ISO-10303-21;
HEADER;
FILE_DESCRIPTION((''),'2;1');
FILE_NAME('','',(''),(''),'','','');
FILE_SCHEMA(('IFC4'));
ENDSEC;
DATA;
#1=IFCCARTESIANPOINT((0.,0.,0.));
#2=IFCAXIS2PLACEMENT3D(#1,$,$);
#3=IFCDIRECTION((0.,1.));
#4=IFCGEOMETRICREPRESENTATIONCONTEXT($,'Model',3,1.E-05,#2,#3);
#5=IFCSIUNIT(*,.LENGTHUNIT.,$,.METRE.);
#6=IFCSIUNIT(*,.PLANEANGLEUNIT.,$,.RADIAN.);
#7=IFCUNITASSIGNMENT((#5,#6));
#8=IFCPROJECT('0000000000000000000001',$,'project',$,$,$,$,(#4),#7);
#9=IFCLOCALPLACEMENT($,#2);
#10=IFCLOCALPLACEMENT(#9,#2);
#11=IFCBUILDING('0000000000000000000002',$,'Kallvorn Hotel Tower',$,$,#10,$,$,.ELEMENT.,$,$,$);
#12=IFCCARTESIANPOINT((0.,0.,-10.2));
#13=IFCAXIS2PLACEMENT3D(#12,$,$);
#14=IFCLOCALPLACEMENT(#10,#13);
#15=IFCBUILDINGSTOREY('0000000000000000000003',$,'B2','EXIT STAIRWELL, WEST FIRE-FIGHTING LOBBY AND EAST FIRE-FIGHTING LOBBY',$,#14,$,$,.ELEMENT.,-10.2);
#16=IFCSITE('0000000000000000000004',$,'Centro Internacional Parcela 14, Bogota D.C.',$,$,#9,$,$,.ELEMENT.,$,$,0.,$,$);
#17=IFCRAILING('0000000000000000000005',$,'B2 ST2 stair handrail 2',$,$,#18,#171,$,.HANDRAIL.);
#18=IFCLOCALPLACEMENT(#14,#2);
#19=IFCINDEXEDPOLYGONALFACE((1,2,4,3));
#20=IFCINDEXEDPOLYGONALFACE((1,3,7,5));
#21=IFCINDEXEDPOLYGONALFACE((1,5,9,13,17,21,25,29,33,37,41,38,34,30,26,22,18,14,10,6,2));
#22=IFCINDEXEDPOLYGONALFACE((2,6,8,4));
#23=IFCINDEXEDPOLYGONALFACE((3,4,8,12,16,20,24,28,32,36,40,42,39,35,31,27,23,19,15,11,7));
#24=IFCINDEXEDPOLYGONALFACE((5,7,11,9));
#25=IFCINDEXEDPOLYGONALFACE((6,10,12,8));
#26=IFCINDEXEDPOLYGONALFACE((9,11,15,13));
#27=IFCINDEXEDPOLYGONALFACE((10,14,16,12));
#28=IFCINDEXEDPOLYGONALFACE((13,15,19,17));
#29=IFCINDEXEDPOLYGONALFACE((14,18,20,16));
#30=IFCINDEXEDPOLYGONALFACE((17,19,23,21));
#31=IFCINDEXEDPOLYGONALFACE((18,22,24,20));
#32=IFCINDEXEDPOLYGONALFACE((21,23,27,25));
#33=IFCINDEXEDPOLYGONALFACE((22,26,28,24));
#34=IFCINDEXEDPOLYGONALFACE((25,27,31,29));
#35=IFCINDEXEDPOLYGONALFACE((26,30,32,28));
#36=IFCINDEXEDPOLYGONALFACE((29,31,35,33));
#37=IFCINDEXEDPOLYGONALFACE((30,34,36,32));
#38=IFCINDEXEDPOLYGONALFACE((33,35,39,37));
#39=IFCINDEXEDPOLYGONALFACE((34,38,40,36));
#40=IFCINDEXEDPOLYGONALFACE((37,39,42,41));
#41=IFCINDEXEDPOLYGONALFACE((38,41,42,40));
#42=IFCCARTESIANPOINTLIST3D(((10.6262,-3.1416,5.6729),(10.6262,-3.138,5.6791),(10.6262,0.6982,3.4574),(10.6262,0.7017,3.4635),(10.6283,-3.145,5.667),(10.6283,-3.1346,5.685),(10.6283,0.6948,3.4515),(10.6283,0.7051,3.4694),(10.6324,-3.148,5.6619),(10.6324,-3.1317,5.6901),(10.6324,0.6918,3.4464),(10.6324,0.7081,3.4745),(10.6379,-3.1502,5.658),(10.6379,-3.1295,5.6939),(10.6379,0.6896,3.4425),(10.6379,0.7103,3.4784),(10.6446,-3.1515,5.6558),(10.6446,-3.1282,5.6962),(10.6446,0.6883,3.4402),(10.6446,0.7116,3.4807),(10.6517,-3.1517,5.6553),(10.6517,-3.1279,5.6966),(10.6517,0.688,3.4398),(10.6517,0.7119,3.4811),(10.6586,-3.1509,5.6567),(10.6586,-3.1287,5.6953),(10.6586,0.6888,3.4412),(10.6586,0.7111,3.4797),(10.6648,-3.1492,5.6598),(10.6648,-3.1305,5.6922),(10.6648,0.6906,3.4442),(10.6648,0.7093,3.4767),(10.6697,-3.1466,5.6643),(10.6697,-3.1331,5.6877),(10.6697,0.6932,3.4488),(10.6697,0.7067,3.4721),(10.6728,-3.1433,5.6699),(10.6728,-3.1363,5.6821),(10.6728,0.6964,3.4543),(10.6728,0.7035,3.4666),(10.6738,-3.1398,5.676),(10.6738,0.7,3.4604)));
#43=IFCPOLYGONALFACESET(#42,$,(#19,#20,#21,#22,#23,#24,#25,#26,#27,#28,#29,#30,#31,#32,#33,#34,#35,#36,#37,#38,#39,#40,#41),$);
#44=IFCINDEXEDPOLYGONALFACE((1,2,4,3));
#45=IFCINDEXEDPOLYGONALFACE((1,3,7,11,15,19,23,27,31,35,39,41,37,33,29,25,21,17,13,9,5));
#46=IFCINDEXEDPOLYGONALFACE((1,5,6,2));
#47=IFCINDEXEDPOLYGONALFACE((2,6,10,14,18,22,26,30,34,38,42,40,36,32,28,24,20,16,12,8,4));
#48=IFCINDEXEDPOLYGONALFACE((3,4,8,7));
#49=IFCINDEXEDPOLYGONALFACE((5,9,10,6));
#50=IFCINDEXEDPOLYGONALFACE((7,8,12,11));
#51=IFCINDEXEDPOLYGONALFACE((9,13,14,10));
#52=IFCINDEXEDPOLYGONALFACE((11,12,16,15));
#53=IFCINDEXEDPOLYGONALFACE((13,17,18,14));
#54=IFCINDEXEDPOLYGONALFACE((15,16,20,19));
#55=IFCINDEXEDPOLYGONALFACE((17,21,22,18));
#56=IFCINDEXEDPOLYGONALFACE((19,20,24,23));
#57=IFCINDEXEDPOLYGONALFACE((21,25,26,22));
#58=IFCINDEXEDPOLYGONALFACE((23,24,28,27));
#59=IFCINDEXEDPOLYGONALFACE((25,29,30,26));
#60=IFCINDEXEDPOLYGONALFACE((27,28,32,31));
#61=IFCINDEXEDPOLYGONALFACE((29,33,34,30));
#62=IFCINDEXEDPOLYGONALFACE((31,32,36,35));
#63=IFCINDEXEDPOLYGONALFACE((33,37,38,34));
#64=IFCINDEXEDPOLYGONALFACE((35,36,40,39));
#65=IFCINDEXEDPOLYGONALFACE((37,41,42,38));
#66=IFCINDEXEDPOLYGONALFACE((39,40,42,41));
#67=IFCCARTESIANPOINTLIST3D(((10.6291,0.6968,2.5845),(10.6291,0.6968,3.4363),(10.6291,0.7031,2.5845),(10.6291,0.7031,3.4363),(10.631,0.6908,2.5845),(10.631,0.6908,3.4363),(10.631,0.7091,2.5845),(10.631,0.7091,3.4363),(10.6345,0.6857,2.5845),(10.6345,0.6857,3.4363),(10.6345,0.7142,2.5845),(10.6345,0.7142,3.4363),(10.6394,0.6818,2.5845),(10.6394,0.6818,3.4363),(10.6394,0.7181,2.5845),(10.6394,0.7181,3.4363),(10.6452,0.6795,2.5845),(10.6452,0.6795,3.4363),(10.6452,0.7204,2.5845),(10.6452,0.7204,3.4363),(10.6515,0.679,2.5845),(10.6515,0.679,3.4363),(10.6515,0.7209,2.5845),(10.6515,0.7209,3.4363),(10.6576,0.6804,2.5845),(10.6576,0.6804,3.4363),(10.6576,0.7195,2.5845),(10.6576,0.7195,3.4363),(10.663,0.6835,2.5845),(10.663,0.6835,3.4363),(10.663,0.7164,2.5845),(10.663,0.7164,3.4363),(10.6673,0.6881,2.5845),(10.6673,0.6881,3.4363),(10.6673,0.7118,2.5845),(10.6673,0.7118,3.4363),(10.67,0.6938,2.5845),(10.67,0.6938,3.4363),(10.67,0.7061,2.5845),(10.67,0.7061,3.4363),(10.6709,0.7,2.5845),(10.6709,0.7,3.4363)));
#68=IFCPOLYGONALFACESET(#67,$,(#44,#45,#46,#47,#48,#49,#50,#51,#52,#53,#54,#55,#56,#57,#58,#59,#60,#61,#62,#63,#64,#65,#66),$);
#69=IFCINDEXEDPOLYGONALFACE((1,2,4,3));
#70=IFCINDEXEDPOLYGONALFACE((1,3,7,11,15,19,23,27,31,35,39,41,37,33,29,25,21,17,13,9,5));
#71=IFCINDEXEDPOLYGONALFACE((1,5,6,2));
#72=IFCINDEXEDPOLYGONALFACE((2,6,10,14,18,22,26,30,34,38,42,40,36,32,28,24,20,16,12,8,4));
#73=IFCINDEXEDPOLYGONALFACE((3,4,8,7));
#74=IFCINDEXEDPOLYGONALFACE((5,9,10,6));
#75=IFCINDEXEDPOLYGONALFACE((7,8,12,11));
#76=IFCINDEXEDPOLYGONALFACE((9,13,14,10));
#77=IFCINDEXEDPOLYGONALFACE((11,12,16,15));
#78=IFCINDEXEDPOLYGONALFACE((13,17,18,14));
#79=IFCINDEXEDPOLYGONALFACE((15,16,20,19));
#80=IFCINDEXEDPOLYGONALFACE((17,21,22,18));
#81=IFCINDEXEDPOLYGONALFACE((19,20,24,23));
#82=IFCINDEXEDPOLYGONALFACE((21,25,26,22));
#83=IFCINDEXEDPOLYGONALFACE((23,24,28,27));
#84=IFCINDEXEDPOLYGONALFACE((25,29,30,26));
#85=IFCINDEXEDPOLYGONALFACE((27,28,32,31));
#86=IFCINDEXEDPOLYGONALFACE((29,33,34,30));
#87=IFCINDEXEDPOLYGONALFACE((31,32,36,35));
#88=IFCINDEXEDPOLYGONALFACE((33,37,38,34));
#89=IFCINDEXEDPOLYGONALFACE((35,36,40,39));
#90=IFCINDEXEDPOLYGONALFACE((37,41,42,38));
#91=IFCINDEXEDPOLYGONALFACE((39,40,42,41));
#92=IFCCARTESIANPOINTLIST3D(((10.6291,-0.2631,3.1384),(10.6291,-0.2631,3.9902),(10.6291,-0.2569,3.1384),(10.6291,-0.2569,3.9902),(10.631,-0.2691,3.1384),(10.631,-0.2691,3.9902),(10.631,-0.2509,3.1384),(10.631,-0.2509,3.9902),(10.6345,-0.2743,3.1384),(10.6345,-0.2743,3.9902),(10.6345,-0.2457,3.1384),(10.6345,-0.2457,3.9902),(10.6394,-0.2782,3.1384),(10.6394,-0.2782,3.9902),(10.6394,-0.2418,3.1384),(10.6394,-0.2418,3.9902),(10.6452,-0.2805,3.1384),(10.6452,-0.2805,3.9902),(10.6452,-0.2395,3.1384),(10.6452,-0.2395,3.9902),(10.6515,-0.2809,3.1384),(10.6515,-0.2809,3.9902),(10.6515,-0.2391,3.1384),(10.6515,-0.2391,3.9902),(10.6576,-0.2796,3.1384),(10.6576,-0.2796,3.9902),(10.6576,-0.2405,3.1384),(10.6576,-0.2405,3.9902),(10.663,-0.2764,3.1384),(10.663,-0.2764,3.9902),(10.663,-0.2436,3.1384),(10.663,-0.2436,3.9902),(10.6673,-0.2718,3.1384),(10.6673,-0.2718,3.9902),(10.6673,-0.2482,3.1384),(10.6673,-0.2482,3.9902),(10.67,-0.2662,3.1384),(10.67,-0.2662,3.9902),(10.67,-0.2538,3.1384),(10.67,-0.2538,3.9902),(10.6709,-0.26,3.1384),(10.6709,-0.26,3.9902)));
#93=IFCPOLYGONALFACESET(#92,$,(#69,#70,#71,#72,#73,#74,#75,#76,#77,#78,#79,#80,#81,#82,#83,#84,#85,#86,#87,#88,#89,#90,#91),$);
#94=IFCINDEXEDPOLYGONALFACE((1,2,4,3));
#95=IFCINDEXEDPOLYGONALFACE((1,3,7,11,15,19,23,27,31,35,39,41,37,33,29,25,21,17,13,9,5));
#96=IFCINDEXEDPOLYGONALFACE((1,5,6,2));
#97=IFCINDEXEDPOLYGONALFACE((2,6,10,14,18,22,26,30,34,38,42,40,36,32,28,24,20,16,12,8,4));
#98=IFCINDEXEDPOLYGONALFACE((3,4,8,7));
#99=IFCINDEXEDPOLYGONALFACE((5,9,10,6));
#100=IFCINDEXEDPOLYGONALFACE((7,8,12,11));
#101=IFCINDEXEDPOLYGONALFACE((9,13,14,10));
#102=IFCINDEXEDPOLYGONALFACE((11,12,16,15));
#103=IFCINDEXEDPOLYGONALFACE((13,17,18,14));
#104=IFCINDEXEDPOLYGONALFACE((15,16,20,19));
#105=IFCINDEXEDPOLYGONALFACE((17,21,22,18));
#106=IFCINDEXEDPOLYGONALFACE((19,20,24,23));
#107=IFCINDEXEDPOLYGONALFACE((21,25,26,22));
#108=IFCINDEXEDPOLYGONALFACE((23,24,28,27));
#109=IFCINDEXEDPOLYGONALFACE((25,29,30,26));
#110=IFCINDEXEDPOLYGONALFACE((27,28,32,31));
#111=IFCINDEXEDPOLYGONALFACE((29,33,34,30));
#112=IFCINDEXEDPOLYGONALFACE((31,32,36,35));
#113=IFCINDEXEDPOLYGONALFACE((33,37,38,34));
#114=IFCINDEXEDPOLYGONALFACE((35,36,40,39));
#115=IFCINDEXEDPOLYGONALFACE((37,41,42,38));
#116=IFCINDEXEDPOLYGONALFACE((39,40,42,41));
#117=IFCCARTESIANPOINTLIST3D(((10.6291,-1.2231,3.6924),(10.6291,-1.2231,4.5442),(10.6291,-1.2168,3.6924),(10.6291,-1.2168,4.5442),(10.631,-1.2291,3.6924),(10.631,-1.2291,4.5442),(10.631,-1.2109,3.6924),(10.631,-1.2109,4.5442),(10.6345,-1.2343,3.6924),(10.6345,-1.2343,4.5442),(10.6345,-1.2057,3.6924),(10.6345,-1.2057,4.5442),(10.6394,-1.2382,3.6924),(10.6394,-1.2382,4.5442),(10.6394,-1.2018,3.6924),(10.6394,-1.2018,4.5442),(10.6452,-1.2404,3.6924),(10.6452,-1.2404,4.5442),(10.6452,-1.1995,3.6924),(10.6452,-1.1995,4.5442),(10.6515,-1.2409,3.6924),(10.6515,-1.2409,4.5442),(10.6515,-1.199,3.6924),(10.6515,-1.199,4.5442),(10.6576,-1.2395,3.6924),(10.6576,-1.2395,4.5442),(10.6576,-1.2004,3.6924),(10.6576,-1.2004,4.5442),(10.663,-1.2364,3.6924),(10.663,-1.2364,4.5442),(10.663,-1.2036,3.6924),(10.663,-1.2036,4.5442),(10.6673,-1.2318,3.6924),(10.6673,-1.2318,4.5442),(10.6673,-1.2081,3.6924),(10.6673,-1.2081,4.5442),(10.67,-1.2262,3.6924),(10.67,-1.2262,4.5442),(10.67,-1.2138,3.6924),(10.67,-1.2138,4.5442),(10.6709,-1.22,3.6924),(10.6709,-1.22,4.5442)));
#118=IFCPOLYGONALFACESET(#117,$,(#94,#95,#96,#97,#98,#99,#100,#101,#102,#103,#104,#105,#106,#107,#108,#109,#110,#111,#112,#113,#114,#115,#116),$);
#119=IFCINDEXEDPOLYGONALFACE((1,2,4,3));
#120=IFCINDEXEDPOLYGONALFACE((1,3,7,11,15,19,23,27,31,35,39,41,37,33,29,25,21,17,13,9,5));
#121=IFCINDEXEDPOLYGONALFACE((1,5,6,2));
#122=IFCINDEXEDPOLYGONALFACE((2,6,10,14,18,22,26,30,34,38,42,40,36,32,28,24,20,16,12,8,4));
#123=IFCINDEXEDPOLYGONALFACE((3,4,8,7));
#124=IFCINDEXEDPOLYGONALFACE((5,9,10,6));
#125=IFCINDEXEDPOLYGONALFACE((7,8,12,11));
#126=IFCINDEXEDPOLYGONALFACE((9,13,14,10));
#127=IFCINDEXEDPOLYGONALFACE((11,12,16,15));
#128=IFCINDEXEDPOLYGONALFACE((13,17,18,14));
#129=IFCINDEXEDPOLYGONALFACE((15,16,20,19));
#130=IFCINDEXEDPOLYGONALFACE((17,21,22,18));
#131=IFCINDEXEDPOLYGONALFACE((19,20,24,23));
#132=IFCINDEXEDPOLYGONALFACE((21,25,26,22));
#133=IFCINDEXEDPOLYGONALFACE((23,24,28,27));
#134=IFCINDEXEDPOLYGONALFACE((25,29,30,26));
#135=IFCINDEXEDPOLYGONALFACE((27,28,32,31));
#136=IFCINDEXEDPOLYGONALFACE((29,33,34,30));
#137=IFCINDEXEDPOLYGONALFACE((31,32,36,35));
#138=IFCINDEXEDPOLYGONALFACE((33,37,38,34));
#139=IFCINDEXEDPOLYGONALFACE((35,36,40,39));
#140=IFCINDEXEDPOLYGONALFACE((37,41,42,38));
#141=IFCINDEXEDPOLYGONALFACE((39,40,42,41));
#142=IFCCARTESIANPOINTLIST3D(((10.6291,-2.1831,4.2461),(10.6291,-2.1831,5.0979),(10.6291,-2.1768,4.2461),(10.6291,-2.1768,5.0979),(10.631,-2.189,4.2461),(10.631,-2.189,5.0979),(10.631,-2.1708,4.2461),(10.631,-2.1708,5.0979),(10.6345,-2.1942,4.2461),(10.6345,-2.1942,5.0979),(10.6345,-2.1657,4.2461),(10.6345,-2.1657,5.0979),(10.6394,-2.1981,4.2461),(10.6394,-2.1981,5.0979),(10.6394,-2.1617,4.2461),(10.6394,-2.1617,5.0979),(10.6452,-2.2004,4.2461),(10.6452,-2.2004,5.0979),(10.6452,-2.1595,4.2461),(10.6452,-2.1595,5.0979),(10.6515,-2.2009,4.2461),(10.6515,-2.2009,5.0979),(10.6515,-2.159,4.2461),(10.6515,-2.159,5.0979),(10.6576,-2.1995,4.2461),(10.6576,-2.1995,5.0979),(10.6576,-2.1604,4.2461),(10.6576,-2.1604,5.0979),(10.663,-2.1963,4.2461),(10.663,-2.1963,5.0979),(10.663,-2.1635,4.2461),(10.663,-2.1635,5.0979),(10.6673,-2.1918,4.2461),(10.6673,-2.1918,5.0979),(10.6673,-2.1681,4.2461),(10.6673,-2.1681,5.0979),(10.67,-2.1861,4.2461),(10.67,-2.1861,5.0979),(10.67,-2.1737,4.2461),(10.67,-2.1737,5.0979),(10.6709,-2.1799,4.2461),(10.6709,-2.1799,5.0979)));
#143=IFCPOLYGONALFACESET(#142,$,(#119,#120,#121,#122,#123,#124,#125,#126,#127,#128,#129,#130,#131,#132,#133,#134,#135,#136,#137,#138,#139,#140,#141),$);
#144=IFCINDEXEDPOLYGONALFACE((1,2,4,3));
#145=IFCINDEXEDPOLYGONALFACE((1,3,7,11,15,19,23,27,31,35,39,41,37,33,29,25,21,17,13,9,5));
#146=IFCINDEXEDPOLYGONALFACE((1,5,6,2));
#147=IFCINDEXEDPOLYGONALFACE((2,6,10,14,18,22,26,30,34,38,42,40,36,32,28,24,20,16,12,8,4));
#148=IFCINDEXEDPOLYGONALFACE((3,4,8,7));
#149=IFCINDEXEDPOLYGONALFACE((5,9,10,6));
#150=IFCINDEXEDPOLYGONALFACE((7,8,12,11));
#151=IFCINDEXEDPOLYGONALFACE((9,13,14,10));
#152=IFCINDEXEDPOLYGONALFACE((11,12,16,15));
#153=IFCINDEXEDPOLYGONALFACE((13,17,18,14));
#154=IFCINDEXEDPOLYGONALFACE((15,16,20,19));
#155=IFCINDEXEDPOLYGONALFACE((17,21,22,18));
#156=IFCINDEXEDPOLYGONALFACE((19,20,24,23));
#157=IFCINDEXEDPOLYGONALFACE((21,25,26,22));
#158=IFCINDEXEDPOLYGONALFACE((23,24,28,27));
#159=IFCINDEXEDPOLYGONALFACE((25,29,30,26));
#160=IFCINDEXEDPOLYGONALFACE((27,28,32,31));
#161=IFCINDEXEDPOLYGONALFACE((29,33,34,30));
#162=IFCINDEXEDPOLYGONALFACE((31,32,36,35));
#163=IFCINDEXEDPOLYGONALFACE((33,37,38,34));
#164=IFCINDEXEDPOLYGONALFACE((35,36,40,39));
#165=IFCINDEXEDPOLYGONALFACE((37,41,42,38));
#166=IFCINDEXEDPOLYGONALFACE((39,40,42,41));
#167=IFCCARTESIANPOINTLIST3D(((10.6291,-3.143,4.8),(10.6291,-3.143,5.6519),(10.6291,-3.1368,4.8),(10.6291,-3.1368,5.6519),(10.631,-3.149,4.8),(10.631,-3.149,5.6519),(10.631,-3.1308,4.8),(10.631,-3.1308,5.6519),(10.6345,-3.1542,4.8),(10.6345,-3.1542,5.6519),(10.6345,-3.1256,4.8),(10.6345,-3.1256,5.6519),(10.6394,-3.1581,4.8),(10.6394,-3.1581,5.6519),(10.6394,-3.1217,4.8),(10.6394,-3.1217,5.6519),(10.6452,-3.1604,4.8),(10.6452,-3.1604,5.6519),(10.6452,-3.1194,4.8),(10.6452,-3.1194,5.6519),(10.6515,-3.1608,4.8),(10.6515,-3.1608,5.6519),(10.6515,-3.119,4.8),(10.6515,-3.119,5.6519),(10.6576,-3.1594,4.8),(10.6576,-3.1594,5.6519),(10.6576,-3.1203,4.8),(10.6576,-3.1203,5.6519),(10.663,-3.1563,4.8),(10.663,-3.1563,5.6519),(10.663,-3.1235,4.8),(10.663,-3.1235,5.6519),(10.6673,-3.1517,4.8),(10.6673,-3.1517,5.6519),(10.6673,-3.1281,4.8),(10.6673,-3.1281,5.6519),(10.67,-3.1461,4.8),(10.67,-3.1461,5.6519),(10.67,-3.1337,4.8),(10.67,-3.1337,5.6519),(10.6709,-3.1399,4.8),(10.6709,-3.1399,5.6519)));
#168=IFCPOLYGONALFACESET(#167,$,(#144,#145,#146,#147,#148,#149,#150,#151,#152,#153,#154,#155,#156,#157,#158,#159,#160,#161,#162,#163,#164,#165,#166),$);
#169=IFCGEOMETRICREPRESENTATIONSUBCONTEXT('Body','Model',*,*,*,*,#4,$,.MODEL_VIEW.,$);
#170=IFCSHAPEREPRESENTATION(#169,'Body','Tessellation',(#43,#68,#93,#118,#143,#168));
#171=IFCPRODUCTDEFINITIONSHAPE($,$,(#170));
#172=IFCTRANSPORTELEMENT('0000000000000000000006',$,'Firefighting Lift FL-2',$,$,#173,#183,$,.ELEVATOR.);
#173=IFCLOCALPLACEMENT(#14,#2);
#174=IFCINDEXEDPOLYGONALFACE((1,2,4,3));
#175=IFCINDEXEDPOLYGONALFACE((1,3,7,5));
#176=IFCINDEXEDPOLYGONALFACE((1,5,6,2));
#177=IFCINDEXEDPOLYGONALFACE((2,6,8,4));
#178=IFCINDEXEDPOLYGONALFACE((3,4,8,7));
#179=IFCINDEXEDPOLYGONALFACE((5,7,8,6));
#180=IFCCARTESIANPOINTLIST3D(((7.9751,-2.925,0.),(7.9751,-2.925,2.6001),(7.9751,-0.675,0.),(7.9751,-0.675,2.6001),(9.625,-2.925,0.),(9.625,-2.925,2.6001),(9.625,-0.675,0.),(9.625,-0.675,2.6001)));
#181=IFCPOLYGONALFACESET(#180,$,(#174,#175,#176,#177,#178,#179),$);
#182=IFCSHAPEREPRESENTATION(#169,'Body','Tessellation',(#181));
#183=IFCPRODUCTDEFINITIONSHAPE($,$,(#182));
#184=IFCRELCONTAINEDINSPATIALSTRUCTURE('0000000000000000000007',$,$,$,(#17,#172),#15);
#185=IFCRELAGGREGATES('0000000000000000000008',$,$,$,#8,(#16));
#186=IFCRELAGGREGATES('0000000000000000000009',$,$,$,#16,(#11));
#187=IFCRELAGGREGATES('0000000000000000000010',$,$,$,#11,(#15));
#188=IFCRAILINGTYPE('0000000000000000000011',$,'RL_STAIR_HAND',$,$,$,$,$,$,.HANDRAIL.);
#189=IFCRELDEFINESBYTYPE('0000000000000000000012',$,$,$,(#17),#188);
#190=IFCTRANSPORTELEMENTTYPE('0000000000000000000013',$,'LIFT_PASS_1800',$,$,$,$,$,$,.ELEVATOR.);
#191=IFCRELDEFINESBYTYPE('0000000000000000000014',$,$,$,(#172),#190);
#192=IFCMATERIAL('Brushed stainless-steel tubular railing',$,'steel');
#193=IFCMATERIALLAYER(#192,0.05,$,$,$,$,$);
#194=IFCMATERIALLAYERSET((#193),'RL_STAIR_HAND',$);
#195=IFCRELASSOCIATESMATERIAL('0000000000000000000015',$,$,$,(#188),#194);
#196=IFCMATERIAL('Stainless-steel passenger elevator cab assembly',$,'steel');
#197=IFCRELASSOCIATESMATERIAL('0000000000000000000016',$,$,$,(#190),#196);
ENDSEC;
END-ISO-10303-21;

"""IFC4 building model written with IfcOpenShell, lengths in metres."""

from ifc_helpers import new_model, si_unit, direction, frame, origin, origin_2d, place, context, subcontext, project, spatial, rectangle, circle, extrude, material, layer, layer_set, type_object, element, save


model = new_model("IFC4")

# Units and contexts
model_context = context("Model", 3, precision=1e-05, world=origin(), true_north=direction((0.0, 1.0)))
body_context = subcontext(model_context, "Body", "Model", "MODEL_VIEW")
ifc_project = project(units=[si_unit("LENGTHUNIT", "METRE"), si_unit("PLANEANGLEUNIT", "RADIAN")], contexts=[model_context])

# Site, building, storey
site_placement = place(None, origin())
site = spatial("IfcSite", under=ifc_project, at=site_placement, Name="Centro Internacional Parcela 14, Bogota D.C.", CompositionType="ELEMENT", RefElevation=0.0)
building_placement = place(site_placement, origin())
building = spatial("IfcBuilding", under=site, at=building_placement, Name="Kallvorn Hotel Tower", CompositionType="ELEMENT")
storey_placement = place(building_placement, frame((0.0, 0.0, -10.2)))
storey = spatial("IfcBuildingStorey", under=building, at=storey_placement, Name="B2", Description="EXIT STAIRWELL, WEST FIRE-FIGHTING LOBBY AND EAST FIRE-FIGHTING LOBBY", CompositionType="ELEMENT", Elevation=-10.2)

# Railing
ifc_material_1 = material(Name="Brushed stainless-steel tubular railing", Category="steel")
ifc_layer_1 = layer(ifc_material_1, 0.05)
ifc_layer_set_1 = layer_set([ifc_layer_1], Name="RL_STAIR_HAND")
railing_type_1 = type_object("IfcRailingType", Name="RL_STAIR_HAND", PredefinedType="HANDRAIL", material=ifc_layer_set_1)
railing_1_placement = place(storey_placement, frame((10.6499, 0.7, 2.5845)))
element("IfcRailing", 1, at=railing_1_placement, inside=storey, type_object=railing_type_1, Name="B2 ST2 stair handrail 2", PredefinedType="HANDRAIL", context=body_context, shape_type="SweptSolid", body=[
    extrude(circle(Radius=0.0239, at=origin_2d()), frame((0.0, 0.0, 0.876), z_axis=(0.0, -0.866158, 0.49977), x_axis=(1.0, 0.0, 0.0)), (0.0, 0.0, 1.0), 4.4331),
    extrude(circle(Radius=0.021, at=origin_2d()), origin(), (0.0, 0.0, 1.0), 0.8518),
    extrude(circle(Radius=0.021, at=origin_2d()), frame((0.0, -0.96, 0.554)), (0.0, 0.0, 1.0), 0.8518),
    extrude(circle(Radius=0.021, at=origin_2d()), frame((0.0, -1.9199, 1.1079)), (0.0, 0.0, 1.0), 0.8518),
    extrude(circle(Radius=0.021, at=origin_2d()), frame((0.0, -2.8799, 1.6616)), (0.0, 0.0, 1.0), 0.8518),
    extrude(circle(Radius=0.021, at=origin_2d()), frame((0.0, -3.8398, 2.2156)), (0.0, 0.0, 1.0), 0.8518),
])

# Transport element
ifc_material_2 = material(Name="Stainless-steel passenger elevator cab assembly", Category="steel")
transport_element_type = type_object("IfcTransportElementType", Name="LIFT_PASS_1800", PredefinedType="ELEVATOR", material=ifc_material_2)
transport_element_placement = place(storey_placement, frame((8.8, -1.8, 0.0), z_axis=(0.0, 0.0, 1.0), x_axis=(1.0, 0.0, 0.0)))
element("IfcTransportElement", 2, at=transport_element_placement, inside=storey, type_object=transport_element_type, Name="Firefighting Lift FL-2", PredefinedType="ELEVATOR", context=body_context, shape_type="SweptSolid", body=[
    extrude(rectangle(XDim=1.6499, YDim=2.25, at=origin_2d()), origin(), (0.0, 0.0, 1.0), 2.6001),
])

save(model, "model.ifc")
